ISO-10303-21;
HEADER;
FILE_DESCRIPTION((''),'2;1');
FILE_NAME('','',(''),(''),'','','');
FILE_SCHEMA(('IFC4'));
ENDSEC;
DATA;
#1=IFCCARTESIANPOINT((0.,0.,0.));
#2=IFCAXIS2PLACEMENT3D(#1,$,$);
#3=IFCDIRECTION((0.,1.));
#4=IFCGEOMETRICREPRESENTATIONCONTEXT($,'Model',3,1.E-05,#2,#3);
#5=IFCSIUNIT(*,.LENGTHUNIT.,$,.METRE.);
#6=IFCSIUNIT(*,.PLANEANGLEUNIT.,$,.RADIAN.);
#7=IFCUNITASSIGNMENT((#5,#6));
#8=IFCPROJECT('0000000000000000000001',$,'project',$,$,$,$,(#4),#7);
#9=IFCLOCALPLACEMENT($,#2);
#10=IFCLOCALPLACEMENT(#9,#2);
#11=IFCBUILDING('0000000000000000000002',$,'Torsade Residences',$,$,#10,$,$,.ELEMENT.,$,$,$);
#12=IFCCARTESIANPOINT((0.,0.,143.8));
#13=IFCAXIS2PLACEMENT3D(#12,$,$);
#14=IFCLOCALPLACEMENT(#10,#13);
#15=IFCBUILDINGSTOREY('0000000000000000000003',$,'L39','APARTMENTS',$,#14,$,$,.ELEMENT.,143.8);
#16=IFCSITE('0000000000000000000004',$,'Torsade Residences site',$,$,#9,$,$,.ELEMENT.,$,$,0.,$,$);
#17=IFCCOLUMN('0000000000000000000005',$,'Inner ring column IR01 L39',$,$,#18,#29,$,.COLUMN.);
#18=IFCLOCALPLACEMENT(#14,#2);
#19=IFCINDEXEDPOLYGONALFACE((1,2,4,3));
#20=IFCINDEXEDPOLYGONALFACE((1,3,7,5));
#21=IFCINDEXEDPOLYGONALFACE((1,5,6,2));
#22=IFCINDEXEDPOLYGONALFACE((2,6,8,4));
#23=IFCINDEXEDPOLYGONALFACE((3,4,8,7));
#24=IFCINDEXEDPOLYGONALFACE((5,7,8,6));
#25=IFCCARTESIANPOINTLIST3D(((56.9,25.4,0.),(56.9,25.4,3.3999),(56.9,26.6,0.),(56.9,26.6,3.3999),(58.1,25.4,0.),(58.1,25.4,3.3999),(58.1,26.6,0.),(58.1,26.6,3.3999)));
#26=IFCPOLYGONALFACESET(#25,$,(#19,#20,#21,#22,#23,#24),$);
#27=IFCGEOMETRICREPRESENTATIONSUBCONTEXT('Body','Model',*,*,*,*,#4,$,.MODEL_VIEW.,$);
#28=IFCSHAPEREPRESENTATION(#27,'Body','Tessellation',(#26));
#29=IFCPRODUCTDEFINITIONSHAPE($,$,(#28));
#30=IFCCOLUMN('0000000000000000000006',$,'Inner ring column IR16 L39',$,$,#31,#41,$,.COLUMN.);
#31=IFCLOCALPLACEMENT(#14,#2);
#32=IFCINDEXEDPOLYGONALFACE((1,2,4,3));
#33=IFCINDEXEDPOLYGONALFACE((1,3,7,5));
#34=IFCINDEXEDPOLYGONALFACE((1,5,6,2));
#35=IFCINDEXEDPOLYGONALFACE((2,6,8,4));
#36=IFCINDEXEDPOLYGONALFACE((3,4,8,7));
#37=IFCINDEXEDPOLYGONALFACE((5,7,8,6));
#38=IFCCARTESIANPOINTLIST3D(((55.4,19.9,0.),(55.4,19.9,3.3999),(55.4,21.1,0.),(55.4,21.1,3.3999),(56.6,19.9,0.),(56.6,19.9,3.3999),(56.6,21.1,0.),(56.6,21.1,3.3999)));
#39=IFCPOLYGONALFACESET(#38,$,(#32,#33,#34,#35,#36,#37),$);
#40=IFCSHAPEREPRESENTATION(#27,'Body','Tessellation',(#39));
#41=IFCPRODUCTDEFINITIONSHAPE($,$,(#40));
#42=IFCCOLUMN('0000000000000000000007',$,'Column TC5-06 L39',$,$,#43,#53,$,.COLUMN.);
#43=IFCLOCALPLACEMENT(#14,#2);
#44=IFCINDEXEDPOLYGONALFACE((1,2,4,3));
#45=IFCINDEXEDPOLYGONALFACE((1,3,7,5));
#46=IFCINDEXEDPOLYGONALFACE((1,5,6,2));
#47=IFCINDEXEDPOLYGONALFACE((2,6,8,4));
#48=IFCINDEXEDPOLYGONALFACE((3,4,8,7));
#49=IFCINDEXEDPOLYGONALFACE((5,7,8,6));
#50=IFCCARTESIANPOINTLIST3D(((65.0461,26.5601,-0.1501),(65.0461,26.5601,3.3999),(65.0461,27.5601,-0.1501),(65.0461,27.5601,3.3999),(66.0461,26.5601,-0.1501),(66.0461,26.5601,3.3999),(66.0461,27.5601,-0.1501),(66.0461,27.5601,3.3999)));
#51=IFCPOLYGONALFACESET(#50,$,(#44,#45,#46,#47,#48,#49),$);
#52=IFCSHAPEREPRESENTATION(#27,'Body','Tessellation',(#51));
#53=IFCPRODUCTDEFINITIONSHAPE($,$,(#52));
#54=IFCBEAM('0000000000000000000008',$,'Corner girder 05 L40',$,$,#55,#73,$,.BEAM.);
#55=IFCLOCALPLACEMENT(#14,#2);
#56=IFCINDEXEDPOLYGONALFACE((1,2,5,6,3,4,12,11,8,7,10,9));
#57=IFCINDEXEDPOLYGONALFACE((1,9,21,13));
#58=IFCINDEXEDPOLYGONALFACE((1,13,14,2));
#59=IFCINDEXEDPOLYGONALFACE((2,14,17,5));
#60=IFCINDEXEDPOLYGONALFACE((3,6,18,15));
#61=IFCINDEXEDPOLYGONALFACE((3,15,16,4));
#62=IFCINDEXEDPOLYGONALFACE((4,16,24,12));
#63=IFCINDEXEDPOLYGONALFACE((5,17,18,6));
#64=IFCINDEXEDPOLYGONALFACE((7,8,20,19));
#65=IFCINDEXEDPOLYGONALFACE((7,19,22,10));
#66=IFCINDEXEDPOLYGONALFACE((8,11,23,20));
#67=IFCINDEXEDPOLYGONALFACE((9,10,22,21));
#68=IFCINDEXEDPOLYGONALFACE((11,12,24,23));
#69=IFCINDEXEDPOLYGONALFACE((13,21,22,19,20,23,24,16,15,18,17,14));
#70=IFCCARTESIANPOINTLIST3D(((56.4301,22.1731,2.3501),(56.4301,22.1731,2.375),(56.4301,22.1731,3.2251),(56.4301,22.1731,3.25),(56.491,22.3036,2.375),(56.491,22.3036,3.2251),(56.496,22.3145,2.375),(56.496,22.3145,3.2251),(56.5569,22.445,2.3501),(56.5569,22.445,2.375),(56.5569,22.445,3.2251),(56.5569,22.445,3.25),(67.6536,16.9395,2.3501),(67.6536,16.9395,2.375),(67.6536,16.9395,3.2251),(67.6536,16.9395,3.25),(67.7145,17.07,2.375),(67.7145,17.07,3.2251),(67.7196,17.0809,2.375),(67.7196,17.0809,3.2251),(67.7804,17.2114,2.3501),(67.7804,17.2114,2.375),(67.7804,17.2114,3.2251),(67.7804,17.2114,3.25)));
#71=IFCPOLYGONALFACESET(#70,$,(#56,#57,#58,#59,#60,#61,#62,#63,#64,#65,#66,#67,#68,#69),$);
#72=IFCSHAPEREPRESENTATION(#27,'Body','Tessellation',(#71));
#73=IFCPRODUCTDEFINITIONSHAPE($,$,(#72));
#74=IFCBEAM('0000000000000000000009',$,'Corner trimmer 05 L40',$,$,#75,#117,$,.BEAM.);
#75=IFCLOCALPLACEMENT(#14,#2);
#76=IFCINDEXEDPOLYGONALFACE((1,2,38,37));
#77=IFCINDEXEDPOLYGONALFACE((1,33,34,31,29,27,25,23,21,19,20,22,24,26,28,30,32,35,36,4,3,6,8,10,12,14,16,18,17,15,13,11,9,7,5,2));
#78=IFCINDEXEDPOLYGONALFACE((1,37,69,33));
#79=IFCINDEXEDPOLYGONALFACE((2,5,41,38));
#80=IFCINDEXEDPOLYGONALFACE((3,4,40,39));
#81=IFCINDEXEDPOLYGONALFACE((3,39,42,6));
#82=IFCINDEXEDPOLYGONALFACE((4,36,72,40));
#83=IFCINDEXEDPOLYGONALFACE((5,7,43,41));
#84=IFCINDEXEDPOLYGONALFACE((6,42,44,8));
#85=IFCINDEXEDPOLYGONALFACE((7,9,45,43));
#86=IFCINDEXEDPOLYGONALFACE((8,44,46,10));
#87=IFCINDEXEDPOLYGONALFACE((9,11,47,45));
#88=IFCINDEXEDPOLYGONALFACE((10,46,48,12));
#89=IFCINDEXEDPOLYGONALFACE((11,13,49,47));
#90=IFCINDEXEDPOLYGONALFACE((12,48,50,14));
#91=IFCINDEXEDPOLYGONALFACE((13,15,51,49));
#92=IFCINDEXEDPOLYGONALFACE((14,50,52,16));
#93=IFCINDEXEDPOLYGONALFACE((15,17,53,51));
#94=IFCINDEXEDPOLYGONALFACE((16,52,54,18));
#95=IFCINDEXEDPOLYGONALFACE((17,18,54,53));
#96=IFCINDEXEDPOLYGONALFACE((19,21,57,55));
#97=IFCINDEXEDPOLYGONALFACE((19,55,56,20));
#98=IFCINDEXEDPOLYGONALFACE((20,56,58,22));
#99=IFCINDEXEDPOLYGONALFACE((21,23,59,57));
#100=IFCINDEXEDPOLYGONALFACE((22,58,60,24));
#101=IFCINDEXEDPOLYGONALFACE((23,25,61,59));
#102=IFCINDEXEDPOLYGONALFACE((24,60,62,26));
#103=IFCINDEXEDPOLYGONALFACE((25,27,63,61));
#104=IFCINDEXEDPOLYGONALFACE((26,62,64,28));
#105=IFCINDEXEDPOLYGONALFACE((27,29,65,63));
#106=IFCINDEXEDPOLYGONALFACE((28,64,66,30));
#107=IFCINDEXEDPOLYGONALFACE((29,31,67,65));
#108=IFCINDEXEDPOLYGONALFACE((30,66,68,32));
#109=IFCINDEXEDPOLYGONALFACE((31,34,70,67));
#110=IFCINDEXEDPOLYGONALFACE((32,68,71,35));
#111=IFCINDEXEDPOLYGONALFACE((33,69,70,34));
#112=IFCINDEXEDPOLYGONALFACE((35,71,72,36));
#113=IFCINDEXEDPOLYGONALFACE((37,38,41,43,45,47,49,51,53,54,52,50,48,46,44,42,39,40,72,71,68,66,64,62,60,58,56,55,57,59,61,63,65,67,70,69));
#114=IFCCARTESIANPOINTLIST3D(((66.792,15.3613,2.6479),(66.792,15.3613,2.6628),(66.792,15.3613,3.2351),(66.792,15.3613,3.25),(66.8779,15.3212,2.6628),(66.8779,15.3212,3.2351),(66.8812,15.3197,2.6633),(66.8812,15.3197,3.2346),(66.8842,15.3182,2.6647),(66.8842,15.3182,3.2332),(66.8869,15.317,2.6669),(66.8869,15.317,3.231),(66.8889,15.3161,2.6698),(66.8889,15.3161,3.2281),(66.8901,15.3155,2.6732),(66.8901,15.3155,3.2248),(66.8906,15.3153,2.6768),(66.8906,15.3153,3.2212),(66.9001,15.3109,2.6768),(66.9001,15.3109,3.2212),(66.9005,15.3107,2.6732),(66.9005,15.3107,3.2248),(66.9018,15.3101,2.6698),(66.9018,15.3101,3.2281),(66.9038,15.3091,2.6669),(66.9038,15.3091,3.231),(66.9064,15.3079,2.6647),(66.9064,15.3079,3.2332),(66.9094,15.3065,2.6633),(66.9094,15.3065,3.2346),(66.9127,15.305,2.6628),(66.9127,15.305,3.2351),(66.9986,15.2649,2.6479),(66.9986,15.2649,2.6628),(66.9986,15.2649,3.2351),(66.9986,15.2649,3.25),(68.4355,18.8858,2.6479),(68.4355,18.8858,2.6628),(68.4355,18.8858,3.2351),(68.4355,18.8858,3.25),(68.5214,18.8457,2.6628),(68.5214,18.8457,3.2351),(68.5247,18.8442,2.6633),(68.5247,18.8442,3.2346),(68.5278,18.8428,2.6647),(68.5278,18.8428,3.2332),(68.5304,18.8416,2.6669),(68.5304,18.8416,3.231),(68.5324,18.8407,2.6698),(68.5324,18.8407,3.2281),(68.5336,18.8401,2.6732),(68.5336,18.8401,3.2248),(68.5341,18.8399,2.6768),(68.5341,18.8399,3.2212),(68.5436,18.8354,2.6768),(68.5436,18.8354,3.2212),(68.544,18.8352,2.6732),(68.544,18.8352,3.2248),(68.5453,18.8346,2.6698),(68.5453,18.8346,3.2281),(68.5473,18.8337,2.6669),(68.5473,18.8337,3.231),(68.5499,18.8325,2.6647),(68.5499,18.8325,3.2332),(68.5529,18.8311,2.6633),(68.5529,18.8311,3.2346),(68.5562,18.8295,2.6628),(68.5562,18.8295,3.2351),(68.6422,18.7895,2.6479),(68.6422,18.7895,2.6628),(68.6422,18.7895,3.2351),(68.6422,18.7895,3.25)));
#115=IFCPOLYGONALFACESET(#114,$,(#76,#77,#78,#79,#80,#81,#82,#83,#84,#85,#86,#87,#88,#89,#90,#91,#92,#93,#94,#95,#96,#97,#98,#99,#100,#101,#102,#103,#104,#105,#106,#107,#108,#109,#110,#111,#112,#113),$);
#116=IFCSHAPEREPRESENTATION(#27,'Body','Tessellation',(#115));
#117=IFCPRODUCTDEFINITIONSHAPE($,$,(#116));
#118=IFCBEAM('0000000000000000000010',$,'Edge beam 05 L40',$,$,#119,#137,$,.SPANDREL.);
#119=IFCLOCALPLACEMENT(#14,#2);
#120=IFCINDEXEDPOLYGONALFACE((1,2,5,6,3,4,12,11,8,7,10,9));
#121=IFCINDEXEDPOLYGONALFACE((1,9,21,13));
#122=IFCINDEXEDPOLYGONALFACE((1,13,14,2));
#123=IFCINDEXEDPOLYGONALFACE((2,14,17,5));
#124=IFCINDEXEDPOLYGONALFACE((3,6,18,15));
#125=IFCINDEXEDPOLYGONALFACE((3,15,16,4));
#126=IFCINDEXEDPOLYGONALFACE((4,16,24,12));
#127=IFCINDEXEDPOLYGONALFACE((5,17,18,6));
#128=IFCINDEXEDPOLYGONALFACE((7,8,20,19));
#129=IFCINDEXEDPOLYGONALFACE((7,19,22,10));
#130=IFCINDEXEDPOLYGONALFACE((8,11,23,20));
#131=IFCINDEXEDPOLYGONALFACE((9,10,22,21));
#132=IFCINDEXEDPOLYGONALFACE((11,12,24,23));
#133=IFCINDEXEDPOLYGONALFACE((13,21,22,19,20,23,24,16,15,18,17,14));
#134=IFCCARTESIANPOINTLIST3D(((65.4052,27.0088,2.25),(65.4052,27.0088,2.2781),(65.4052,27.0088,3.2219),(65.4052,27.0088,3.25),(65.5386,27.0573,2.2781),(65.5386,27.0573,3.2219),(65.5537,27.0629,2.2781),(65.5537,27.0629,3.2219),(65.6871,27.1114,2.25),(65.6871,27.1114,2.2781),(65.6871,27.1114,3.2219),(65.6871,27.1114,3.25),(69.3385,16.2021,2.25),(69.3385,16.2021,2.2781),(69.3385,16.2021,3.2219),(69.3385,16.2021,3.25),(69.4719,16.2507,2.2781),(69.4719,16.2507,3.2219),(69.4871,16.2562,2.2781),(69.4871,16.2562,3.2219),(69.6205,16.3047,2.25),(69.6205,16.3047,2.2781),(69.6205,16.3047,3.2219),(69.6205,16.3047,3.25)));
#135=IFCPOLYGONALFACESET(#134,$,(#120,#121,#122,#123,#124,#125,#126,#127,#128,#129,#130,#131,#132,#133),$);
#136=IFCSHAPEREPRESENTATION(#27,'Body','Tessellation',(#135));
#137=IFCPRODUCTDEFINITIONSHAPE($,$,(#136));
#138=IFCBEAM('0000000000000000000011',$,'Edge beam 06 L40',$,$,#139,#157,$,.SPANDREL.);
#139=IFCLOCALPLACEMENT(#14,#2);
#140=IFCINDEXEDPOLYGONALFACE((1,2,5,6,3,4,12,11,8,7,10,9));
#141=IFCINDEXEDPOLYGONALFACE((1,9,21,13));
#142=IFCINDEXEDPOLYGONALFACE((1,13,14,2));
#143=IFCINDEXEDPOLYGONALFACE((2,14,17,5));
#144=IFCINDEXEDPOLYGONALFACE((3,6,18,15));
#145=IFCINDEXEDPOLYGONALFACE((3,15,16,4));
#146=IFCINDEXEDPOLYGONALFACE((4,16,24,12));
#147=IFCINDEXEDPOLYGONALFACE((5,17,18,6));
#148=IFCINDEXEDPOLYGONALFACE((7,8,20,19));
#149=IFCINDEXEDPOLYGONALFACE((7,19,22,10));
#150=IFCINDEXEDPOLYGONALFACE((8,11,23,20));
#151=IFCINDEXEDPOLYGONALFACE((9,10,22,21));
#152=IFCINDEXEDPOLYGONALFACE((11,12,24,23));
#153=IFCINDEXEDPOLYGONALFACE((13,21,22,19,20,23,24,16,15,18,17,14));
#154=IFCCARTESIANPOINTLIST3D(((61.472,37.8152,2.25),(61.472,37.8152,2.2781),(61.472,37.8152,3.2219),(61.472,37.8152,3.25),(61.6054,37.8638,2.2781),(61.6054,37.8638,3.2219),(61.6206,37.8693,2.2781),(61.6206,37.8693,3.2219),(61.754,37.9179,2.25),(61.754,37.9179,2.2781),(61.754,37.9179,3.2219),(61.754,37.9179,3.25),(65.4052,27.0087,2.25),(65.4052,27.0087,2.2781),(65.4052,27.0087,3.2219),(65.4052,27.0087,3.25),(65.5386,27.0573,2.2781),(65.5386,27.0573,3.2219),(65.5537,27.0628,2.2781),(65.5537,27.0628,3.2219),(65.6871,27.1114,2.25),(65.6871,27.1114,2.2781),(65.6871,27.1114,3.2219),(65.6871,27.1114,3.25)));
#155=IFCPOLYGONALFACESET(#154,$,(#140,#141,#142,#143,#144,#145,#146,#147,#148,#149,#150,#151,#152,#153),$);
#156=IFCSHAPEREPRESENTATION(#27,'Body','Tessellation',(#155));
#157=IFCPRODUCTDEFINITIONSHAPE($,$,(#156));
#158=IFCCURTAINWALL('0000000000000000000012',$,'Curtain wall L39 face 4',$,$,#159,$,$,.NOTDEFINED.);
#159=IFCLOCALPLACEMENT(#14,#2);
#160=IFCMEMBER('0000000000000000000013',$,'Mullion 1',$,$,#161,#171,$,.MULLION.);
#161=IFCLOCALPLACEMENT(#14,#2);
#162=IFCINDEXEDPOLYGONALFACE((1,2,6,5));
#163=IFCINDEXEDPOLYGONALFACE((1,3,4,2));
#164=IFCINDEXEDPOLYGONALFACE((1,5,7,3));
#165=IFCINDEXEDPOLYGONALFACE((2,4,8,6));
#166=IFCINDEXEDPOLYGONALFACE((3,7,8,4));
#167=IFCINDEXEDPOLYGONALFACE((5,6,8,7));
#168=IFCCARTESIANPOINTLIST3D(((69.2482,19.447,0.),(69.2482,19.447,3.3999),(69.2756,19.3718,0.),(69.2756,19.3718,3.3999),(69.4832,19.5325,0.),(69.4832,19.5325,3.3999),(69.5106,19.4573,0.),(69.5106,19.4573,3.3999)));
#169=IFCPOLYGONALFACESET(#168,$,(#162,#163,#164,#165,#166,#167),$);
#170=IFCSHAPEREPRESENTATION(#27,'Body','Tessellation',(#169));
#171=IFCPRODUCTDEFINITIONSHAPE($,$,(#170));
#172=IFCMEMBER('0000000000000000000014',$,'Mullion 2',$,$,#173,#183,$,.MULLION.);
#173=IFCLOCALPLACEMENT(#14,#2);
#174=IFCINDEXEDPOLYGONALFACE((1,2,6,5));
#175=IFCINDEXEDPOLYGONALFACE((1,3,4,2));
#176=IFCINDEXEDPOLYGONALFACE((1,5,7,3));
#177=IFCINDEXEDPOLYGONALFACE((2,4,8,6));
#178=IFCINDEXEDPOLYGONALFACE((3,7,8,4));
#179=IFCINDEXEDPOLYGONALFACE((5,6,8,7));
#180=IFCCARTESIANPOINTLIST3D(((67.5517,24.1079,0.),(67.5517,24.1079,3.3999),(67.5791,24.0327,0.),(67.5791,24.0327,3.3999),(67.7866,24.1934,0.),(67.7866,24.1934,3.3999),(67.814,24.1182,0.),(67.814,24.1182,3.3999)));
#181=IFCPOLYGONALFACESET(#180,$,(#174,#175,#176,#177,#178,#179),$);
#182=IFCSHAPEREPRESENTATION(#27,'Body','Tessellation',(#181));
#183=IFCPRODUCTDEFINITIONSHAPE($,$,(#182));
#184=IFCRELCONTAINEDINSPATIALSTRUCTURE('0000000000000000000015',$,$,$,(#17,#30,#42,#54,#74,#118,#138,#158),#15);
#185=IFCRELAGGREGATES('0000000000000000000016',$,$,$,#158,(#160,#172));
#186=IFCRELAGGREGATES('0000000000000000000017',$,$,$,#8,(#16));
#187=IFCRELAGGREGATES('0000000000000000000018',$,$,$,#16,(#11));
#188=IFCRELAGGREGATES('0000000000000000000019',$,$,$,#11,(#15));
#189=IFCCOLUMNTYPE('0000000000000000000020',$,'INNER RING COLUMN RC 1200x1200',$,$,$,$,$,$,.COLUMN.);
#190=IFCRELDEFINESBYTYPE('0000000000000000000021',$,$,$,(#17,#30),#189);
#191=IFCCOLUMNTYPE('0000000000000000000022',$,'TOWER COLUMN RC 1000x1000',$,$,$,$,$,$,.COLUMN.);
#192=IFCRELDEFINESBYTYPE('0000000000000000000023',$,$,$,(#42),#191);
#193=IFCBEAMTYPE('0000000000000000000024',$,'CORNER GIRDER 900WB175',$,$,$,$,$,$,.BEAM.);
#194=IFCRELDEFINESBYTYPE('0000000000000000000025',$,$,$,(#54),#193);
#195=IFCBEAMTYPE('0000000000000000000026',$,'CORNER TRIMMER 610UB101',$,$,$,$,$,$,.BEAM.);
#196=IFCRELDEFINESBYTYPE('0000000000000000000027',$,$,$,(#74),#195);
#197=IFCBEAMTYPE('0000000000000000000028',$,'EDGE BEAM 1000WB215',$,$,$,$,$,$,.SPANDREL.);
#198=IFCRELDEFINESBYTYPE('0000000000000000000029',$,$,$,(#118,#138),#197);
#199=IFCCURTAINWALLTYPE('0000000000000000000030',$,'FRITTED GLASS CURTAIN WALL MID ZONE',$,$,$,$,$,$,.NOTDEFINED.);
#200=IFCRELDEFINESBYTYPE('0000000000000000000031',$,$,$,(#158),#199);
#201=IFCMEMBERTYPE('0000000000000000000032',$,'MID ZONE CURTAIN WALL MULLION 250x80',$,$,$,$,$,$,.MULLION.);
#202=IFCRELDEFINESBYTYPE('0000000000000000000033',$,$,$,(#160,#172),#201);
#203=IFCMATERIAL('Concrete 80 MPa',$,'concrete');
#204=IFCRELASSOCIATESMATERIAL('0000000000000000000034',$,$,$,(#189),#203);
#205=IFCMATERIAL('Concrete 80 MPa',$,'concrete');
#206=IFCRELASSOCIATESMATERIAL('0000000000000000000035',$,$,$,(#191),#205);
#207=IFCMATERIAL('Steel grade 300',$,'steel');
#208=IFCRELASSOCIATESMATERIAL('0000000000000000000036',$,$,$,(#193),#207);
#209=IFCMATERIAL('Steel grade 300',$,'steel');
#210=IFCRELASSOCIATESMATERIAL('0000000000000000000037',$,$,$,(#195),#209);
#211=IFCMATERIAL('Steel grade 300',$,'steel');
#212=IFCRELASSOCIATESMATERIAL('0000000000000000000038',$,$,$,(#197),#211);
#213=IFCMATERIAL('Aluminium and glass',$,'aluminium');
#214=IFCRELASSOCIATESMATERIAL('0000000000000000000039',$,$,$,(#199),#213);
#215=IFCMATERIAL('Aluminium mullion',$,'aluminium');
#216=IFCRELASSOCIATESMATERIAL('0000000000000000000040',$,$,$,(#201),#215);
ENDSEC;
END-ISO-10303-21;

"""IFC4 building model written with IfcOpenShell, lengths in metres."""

from ifc_helpers import new_model, si_unit, direction, frame, origin, origin_2d, place, context, subcontext, project, spatial, rectangle, i_section, extrude, material, material_profile, profile_set, type_object, element, aggregate, save


model = new_model("IFC4")

# Units and contexts
model_context = context("Model", 3, precision=1e-05, world=origin(), true_north=direction((0.0, 1.0)))
body_context = subcontext(model_context, "Body", "Model", "MODEL_VIEW")
ifc_project = project(units=[si_unit("LENGTHUNIT", "METRE"), si_unit("PLANEANGLEUNIT", "RADIAN")], contexts=[model_context])

# Site, building, storey
site_placement = place(None, origin())
site = spatial("IfcSite", under=ifc_project, at=site_placement, Name="Torsade Residences site", CompositionType="ELEMENT", RefElevation=0.0)
building_placement = place(site_placement, origin())
building = spatial("IfcBuilding", under=site, at=building_placement, Name="Torsade Residences", CompositionType="ELEMENT")
storey_placement = place(building_placement, frame((0.0, 0.0, 143.8)))
storey = spatial("IfcBuildingStorey", under=building, at=storey_placement, Name="L39", Description="APARTMENTS", CompositionType="ELEMENT", Elevation=143.8)

# Columns
ifc_material_1 = material(Name="Concrete 80 MPa", Category="concrete")
ifc_material_profile_1 = material_profile(ifc_material_1, rectangle(XDim=1.2, YDim=1.2, at=origin_2d()), Name="RC 1200x1200")
ifc_profile_set_1 = profile_set([ifc_material_profile_1], Name="Concrete 80 MPa")
column_type_1 = type_object("IfcColumnType", Name="INNER RING COLUMN RC 1200x1200", PredefinedType="COLUMN", material=ifc_profile_set_1)
for number, where, z_axis, x_axis, name in (
    (1, (57.5, 26.0, 0.0), (0.0, 0.0, 1.0), (1.0, 0.0, 0.0), "Inner ring column IR01 L39"),
    (2, (56.0, 20.5, 0.0), (0.0, 0.0, 1.0), (1.0, 0.0, 0.0), "Inner ring column IR16 L39"),
):
    element("IfcColumn", number, at=place(storey_placement, frame(where, z_axis=z_axis, x_axis=x_axis)), inside=storey, type_object=column_type_1, Name=name, PredefinedType="COLUMN", context=body_context, shape_type="SweptSolid", body=[
        extrude(rectangle(XDim=1.2, YDim=1.2, at=origin_2d()), origin(), (0.0, 0.0, 1.0), 3.3999),
    ])
ifc_material_2 = material(Name="Concrete 80 MPa", Category="concrete")
ifc_material_profile_2 = material_profile(ifc_material_2, rectangle(XDim=1.0, YDim=1.0, at=origin_2d()), Name="RC 1000x1000")
ifc_profile_set_2 = profile_set([ifc_material_profile_2], Name="Concrete 80 MPa")
column_type_2 = type_object("IfcColumnType", Name="TOWER COLUMN RC 1000x1000", PredefinedType="COLUMN", material=ifc_profile_set_2)
column_placement = place(storey_placement, frame((65.5461, 27.0601, -0.1501), z_axis=(0.0, 0.0, 1.0), x_axis=(1.0, 0.0, 0.0)))
element("IfcColumn", 3, at=column_placement, inside=storey, type_object=column_type_2, Name="Column TC5-06 L39", PredefinedType="COLUMN", context=body_context, shape_type="SweptSolid", body=[
    extrude(rectangle(XDim=1.0, YDim=1.0, at=origin_2d()), origin(), (0.0, 0.0, 1.0), 3.55),
])

# Beams
ifc_material_3 = material(Name="Steel grade 300", Category="steel")
ifc_material_profile_3 = material_profile(ifc_material_3, i_section(OverallWidth=0.3, OverallDepth=0.8999, WebThickness=0.012, FlangeThickness=0.0249, at=origin_2d()), Name="900WB175")
ifc_profile_set_3 = profile_set([ifc_material_profile_3], Name="Steel grade 300")
beam_type_1 = type_object("IfcBeamType", Name="CORNER GIRDER 900WB175", PredefinedType="BEAM", material=ifc_profile_set_3)
beam_1_placement = place(storey_placement, frame((67.717, 17.0754, 2.8), z_axis=(-0.906309, 0.422617, 0.0), x_axis=(-0.422617, -0.906309, 0.0)))
element("IfcBeam", 4, at=beam_1_placement, inside=storey, type_object=beam_type_1, Name="Corner girder 05 L40", PredefinedType="BEAM", context=body_context, shape_type="SweptSolid", body=[
    extrude(i_section(OverallWidth=0.3, OverallDepth=0.8999, WebThickness=0.012, FlangeThickness=0.0249, at=origin_2d()), origin(), (0.0, 0.0, 1.0), 12.3838),
])
ifc_material_4 = material(Name="Steel grade 300", Category="steel")
ifc_material_profile_4 = material_profile(ifc_material_4, i_section(OverallWidth=0.228, OverallDepth=0.6021, WebThickness=0.0105, FlangeThickness=0.0149, FilletRadius=0.0139, at=origin_2d()), Name="610UB101")
ifc_profile_set_4 = profile_set([ifc_material_profile_4], Name="Steel grade 300")
beam_type_2 = type_object("IfcBeamType", Name="CORNER TRIMMER 610UB101", PredefinedType="BEAM", material=ifc_profile_set_4)
beam_2_placement = place(storey_placement, frame((68.5388, 18.8376, 2.949), z_axis=(-0.422614, -0.90631, 0.0), x_axis=(0.90631, -0.422614, 0.0)))
element("IfcBeam", 5, at=beam_2_placement, inside=storey, type_object=beam_type_2, Name="Corner trimmer 05 L40", PredefinedType="BEAM", context=body_context, shape_type="SweptSolid", body=[
    extrude(i_section(OverallWidth=0.228, OverallDepth=0.6021, WebThickness=0.0105, FlangeThickness=0.0149, FilletRadius=0.0139, at=origin_2d()), origin(), (0.0, 0.0, 1.0), 3.8889),
])
ifc_material_5 = material(Name="Steel grade 300", Category="steel")
ifc_material_profile_5 = material_profile(ifc_material_5, i_section(OverallWidth=0.3, OverallDepth=1.0, WebThickness=0.0161, FlangeThickness=0.0281, at=origin_2d()), Name="1000WB215")
ifc_profile_set_5 = profile_set([ifc_material_profile_5], Name="Steel grade 300")
beam_type_3 = type_object("IfcBeamType", Name="EDGE BEAM 1000WB215", PredefinedType="SPANDREL", material=ifc_profile_set_5)
beam_3_placement = place(storey_placement, frame((69.4795, 16.2534, 2.75), z_axis=(-0.342024, 0.939691, 0.0), x_axis=(-0.939691, -0.342024, 0.0)))
element("IfcBeam", 6, at=beam_3_placement, inside=storey, type_object=beam_type_3, Name="Edge beam 05 L40", PredefinedType="SPANDREL", context=body_context, shape_type="SweptSolid", body=[
    extrude(i_section(OverallWidth=0.3, OverallDepth=1.0, WebThickness=0.0161, FlangeThickness=0.0281, at=origin_2d()), origin(), (0.0, 0.0, 1.0), 11.5002),
])
beam_4_placement = place(storey_placement, frame((65.5461, 27.0601, 2.75), z_axis=(-0.342012, 0.939695, 0.0), x_axis=(-0.939695, -0.342012, 0.0)))
element("IfcBeam", 7, at=beam_4_placement, inside=storey, type_object=beam_type_3, Name="Edge beam 06 L40", PredefinedType="SPANDREL", context=body_context, shape_type="SweptSolid", body=[
    extrude(i_section(OverallWidth=0.3, OverallDepth=1.0, WebThickness=0.0161, FlangeThickness=0.0281, at=origin_2d()), origin(), (0.0, 0.0, 1.0), 11.5),
])

# Curtain wall, members
ifc_material_6 = material(Name="Aluminium and glass", Category="aluminium")
curtain_wall_type = type_object("IfcCurtainWallType", Name="FRITTED GLASS CURTAIN WALL MID ZONE", PredefinedType="NOTDEFINED", material=ifc_material_6)
curtain_wall_placement = place(storey_placement, origin())
curtain_wall = element("IfcCurtainWall", 8, at=curtain_wall_placement, inside=storey, type_object=curtain_wall_type, Name="Curtain wall L39 face 4", PredefinedType="NOTDEFINED")
ifc_material_7 = material(Name="Aluminium mullion", Category="aluminium")
ifc_material_profile_6 = material_profile(ifc_material_7, rectangle(XDim=0.25, YDim=0.0801, at=origin_2d()), Name="MID ZONE CURTAIN WALL MULLION 250x80")
ifc_profile_set_6 = profile_set([ifc_material_profile_6], Name="Aluminium mullion")
member_type_1 = type_object("IfcMemberType", Name="MID ZONE CURTAIN WALL MULLION 250x80", PredefinedType="MULLION", material=ifc_profile_set_6)
member_1_placement = place(storey_placement, frame((69.3794, 19.4521, 0.0), z_axis=(0.0, 0.0, 1.0), x_axis=(-0.939693, -0.34202, 0.0)))
member_1 = element("IfcMember", 9, at=member_1_placement, type_object=member_type_1, Name="Mullion 1", PredefinedType="MULLION", context=body_context, shape_type="SweptSolid", body=[
    extrude(rectangle(XDim=0.25, YDim=0.0801, at=origin_2d()), origin(), (0.0, 0.0, 1.0), 3.3999),
])
member_2_placement = place(storey_placement, frame((67.6829, 24.113, 0.0), z_axis=(0.0, 0.0, 1.0), x_axis=(-0.939693, -0.34202, 0.0)))
member_2 = element("IfcMember", 10, at=member_2_placement, type_object=member_type_1, Name="Mullion 2", PredefinedType="MULLION", context=body_context, shape_type="SweptSolid", body=[
    extrude(rectangle(XDim=0.25, YDim=0.0801, at=origin_2d()), origin(), (0.0, 0.0, 1.0), 3.3999),
])

aggregate(curtain_wall, [member_1, member_2])

save(model, "model.ifc")
